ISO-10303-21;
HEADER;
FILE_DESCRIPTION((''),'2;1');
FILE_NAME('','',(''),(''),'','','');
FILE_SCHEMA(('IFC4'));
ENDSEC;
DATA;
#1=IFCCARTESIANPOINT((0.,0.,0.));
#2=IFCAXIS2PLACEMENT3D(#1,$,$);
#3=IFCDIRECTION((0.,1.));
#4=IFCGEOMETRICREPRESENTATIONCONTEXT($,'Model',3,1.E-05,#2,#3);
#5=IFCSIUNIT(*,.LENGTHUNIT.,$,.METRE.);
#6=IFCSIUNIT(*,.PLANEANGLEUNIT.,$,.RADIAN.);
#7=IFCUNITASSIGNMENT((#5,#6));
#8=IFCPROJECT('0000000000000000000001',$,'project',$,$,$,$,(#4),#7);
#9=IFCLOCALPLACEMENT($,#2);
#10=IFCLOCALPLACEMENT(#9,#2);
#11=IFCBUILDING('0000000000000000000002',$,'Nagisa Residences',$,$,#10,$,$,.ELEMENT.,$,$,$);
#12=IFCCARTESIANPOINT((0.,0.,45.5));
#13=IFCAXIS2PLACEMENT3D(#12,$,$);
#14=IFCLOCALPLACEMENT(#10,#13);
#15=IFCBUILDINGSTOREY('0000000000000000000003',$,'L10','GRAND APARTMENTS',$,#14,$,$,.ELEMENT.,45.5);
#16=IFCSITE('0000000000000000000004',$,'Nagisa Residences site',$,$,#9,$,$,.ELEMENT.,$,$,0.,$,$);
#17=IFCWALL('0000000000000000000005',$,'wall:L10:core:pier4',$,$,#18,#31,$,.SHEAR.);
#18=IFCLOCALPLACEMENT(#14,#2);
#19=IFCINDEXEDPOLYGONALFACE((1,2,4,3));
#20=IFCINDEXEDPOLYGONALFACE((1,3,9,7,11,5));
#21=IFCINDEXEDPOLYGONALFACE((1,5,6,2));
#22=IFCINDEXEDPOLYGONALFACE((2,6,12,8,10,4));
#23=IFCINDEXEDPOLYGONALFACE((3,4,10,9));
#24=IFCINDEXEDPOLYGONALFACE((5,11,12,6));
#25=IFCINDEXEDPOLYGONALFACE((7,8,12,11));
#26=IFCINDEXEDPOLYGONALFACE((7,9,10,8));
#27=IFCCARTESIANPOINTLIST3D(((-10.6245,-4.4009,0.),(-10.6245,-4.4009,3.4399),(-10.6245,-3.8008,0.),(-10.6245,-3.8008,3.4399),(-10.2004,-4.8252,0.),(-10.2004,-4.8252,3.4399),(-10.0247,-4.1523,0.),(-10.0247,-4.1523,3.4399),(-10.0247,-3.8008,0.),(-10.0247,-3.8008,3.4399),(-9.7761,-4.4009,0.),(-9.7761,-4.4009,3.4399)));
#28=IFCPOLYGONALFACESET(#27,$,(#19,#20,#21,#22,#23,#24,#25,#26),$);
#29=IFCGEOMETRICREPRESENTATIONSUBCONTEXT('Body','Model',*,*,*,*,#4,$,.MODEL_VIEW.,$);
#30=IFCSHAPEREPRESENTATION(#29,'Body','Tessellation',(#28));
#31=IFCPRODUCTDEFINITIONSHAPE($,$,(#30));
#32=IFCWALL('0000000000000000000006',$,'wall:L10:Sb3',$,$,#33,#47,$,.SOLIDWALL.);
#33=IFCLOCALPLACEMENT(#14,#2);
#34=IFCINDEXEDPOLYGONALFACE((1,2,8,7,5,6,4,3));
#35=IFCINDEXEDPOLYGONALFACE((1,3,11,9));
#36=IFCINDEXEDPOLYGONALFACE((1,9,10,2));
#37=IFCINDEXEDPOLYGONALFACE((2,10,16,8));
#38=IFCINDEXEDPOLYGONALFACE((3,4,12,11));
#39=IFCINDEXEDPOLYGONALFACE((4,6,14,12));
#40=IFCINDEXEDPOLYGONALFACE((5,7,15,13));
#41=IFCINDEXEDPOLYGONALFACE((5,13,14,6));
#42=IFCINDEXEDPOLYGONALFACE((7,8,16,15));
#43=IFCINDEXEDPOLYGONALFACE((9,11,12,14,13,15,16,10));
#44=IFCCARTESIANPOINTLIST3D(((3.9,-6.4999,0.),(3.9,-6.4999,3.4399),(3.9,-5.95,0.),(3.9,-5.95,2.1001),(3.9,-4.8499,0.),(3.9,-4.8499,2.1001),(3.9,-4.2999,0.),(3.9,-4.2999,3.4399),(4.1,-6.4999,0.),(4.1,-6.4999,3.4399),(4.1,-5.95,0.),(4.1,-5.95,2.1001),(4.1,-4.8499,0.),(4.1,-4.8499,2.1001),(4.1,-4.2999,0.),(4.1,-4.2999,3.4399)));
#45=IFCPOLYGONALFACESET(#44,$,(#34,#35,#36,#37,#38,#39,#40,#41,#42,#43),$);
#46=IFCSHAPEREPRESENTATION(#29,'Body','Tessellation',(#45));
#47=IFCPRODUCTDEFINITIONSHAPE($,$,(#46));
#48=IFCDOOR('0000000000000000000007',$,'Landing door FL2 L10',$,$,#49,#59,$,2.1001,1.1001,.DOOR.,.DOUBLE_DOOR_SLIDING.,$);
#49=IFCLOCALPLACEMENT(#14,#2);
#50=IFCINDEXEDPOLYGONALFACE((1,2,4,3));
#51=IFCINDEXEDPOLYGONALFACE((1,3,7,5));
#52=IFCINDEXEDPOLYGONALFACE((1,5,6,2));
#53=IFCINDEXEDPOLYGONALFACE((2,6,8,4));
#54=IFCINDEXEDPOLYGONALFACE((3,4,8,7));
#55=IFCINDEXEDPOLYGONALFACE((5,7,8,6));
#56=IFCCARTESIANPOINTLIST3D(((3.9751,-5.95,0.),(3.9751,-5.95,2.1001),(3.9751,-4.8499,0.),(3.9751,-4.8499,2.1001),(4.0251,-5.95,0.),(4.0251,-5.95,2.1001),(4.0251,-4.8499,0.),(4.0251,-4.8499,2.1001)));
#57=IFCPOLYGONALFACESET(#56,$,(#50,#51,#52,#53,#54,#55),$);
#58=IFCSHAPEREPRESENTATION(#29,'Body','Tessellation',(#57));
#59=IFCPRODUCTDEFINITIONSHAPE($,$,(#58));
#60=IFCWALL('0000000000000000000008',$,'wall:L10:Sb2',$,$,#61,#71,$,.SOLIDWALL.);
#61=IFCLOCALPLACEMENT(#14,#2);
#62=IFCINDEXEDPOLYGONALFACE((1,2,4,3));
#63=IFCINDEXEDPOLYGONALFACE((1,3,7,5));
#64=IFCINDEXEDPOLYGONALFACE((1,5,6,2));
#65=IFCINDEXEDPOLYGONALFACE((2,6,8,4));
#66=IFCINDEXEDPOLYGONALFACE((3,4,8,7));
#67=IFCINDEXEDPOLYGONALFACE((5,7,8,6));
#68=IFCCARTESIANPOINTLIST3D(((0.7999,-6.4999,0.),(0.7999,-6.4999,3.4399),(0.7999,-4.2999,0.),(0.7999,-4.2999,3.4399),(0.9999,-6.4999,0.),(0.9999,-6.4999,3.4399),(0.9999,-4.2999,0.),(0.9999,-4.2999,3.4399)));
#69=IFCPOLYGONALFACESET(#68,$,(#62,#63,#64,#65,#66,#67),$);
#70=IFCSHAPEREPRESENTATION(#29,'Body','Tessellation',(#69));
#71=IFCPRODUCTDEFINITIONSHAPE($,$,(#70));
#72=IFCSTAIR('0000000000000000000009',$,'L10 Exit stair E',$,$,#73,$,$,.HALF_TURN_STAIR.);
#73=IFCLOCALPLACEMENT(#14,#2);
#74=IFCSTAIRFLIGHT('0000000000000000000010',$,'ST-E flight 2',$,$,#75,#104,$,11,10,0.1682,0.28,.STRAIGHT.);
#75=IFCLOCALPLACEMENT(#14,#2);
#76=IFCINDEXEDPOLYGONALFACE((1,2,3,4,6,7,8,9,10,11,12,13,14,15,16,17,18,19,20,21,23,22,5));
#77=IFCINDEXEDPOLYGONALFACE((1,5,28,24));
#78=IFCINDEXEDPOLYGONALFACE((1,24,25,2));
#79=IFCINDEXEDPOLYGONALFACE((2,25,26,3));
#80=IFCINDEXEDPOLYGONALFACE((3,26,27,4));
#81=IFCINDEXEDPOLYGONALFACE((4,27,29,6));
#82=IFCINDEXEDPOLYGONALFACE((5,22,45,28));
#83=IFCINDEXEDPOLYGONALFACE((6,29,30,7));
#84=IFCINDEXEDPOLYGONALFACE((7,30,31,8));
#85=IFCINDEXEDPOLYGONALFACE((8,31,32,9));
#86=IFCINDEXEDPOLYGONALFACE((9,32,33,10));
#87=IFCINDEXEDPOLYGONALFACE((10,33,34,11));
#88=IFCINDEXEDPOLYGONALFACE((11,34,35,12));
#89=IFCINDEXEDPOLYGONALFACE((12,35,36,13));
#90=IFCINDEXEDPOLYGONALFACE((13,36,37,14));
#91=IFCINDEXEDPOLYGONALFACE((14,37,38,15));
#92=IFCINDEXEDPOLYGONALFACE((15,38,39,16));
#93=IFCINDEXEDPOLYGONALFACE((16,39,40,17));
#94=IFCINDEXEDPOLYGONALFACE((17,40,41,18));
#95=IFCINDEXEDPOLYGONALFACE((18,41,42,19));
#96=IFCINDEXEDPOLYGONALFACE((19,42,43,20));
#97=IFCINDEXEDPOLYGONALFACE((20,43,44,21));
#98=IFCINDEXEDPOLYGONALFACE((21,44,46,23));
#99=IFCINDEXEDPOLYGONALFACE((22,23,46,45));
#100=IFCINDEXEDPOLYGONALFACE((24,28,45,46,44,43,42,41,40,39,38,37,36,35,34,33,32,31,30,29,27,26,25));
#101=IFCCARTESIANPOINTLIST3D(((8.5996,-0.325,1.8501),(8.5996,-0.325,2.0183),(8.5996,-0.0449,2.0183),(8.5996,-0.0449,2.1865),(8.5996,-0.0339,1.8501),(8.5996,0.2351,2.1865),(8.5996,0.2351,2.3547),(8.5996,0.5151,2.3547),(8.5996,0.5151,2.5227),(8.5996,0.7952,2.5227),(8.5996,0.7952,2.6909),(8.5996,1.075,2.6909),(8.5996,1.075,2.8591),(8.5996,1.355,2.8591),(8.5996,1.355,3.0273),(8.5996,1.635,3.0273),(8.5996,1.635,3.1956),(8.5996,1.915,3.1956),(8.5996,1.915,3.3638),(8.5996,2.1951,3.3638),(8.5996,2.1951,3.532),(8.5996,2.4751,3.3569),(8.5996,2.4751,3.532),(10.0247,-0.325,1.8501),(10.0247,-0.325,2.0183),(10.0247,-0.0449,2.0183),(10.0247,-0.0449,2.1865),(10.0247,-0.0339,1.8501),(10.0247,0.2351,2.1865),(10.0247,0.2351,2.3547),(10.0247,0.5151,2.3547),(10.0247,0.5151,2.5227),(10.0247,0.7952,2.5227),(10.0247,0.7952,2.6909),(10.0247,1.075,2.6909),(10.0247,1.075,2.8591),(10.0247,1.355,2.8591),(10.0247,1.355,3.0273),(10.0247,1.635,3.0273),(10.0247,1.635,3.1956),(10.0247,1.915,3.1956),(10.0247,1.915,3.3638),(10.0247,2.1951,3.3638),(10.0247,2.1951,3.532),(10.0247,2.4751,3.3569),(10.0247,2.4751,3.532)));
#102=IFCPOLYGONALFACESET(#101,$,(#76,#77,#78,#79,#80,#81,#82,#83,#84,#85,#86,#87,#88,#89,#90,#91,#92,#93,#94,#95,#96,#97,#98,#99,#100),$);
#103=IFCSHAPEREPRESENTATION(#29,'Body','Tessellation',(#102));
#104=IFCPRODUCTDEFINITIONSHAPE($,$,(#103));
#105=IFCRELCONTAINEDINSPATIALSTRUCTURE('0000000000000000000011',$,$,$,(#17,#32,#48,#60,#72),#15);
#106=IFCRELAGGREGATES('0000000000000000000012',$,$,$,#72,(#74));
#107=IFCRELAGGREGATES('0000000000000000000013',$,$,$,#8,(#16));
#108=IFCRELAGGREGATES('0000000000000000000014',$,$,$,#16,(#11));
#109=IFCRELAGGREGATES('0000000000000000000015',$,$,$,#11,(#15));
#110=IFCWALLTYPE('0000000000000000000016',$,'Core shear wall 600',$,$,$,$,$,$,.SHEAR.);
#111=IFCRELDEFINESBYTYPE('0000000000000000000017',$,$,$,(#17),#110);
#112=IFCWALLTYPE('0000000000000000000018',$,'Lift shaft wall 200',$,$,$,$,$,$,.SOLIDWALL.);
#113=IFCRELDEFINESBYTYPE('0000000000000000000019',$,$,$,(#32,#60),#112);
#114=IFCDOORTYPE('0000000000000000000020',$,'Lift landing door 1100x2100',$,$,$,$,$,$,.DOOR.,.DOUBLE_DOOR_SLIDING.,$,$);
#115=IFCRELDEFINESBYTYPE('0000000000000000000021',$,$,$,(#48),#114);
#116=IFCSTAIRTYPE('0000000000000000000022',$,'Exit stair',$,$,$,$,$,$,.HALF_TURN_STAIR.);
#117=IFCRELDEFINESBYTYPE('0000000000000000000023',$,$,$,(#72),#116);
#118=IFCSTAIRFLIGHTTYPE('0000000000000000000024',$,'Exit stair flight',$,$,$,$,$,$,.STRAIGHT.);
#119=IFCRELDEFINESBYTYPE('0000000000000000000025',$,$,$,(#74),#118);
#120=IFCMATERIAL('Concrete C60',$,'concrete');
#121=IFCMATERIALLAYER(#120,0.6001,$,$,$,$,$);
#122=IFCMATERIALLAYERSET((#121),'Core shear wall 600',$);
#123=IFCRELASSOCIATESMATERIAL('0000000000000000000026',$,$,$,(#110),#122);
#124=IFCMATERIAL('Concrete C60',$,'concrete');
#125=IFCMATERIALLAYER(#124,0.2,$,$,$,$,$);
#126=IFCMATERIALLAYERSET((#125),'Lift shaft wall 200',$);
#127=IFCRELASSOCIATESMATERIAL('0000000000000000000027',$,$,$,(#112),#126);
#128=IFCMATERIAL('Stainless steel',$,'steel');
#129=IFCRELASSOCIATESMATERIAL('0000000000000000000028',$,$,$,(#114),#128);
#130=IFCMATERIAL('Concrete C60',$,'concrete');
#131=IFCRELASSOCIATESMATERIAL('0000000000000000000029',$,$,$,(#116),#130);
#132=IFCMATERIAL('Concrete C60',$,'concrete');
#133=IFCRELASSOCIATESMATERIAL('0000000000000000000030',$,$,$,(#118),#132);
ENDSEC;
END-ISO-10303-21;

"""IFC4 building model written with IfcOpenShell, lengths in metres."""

from ifc_helpers import new_model, si_unit, direction, frame, frame_2d, origin, place, context, subcontext, project, spatial, polyline, rectangle, outline, extrude, material, layer, layer_set, type_object, element, fill, aggregate, save


model = new_model("IFC4")

# Units and contexts
model_context = context("Model", 3, precision=1e-05, world=origin(), true_north=direction((0.0, 1.0)))
body_context = subcontext(model_context, "Body", "Model", "MODEL_VIEW")
ifc_project = project(units=[si_unit("LENGTHUNIT", "METRE"), si_unit("PLANEANGLEUNIT", "RADIAN")], contexts=[model_context])

# Site, building, storey
site_placement = place(None, origin())
site = spatial("IfcSite", under=ifc_project, at=site_placement, Name="Nagisa Residences site", CompositionType="ELEMENT", RefElevation=0.0)
building_placement = place(site_placement, origin())
building = spatial("IfcBuilding", under=site, at=building_placement, Name="Nagisa Residences", CompositionType="ELEMENT")
storey_placement = place(building_placement, frame((0.0, 0.0, 45.5)))
storey = spatial("IfcBuildingStorey", under=building, at=storey_placement, Name="L10", Description="GRAND APARTMENTS", CompositionType="ELEMENT", Elevation=45.5)

# Wall
ifc_material_1 = material(Name="Concrete C60", Category="concrete")
ifc_layer_1 = layer(ifc_material_1, 0.6001)
ifc_layer_set_1 = layer_set([ifc_layer_1], Name="Core shear wall 600")
wall_type_1 = type_object("IfcWallType", Name="Core shear wall 600", PredefinedType="SHEAR", material=ifc_layer_set_1)
wall_1_placement = place(storey_placement, origin())
element("IfcWall", 1, at=wall_1_placement, inside=storey, type_object=wall_type_1, Name="wall:L10:core:pier4", PredefinedType="SHEAR", context=body_context, shape_type="SweptSolid", body=[
    extrude(outline(polyline([(-10.6245, -3.8008), (-10.0247, -3.8008), (-10.0247, -4.1523), (-9.7761, -4.4009), (-10.2004, -4.8252), (-10.6245, -4.4009), (-10.6245, -3.8008)])), origin(), (0.0, 0.0, 1.0), 3.4399),
])

# Wall, opening, door
ifc_material_2 = material(Name="Concrete C60", Category="concrete")
ifc_layer_2 = layer(ifc_material_2, 0.2)
ifc_layer_set_2 = layer_set([ifc_layer_2], Name="Lift shaft wall 200")
wall_type_2 = type_object("IfcWallType", Name="Lift shaft wall 200", PredefinedType="SOLIDWALL", material=ifc_layer_set_2)
wall_2_placement = place(storey_placement, frame((4.0, -6.5, 0.0), z_axis=(0.0, 0.0, 1.0), x_axis=(0.0, 1.0, 0.0)))
wall_2 = element("IfcWall", 2, at=wall_2_placement, inside=storey, type_object=wall_type_2, Name="wall:L10:Sb3", PredefinedType="SOLIDWALL", context=body_context, shape_type="SweptSolid", body=[
    extrude(rectangle(XDim=2.2, YDim=0.2, at=frame_2d((1.1001, 0.0))), origin(), (0.0, 0.0, 1.0), 3.4399),
])
opening_placement = place(wall_2_placement, frame((0.55, 0.0, 0.0)))
opening = element("IfcOpeningElement", 3, at=opening_placement, cuts=wall_2, PredefinedType="OPENING", context=body_context, shape_type="SweptSolid", body=[
    extrude(rectangle(XDim=1.1001, YDim=2.1001, at=frame_2d((0.55, 1.05))), frame((0.0, 0.1099, 0.0), z_axis=(0.0, -1.0, 0.0), x_axis=(1.0, 0.0, 0.0)), (0.0, 0.0, 1.0), 0.22),
])
ifc_material_3 = material(Name="Stainless steel", Category="steel")
door_type = type_object("IfcDoorType", Name="Lift landing door 1100x2100", OperationType="DOUBLE_DOOR_SLIDING", PredefinedType="DOOR", material=ifc_material_3)
door_placement = place(opening_placement, origin())
door = element("IfcDoor", 4, at=door_placement, inside=storey, type_object=door_type, Name="Landing door FL2 L10", OperationType="DOUBLE_DOOR_SLIDING", OverallHeight=2.1001, OverallWidth=1.1001, PredefinedType="DOOR", context=body_context, shape_type="SweptSolid", body=[
    extrude(rectangle(XDim=1.1001, YDim=2.1001, at=frame_2d((0.55, 1.05))), frame((0.0, 0.0249, 0.0), z_axis=(0.0, -1.0, 0.0), x_axis=(1.0, 0.0, 0.0)), (0.0, 0.0, 1.0), 0.05),
])
fill(opening, door)

# Wall
wall_3_placement = place(storey_placement, frame((0.8999, -6.5, 0.0), z_axis=(0.0, 0.0, 1.0), x_axis=(0.0, 1.0, 0.0)))
element("IfcWall", 5, at=wall_3_placement, inside=storey, type_object=wall_type_2, Name="wall:L10:Sb2", PredefinedType="SOLIDWALL", context=body_context, shape_type="SweptSolid", body=[
    extrude(rectangle(XDim=2.2, YDim=0.2, at=frame_2d((1.1001, 0.0))), origin(), (0.0, 0.0, 1.0), 3.4399),
])

# Stair, stair flight
ifc_material_4 = material(Name="Concrete C60", Category="concrete")
stair_type = type_object("IfcStairType", Name="Exit stair", PredefinedType="HALF_TURN_STAIR", material=ifc_material_4)
stair_placement = place(storey_placement, origin())
stair = element("IfcStair", 6, at=stair_placement, inside=storey, type_object=stair_type, Name="L10 Exit stair E", PredefinedType="HALF_TURN_STAIR")
ifc_material_5 = material(Name="Concrete C60", Category="concrete")
stair_flight_type = type_object("IfcStairFlightType", Name="Exit stair flight", PredefinedType="STRAIGHT", material=ifc_material_5)
stair_flight_placement = place(storey_placement, frame((9.312, -0.325, 1.8501), z_axis=(0.0, 0.0, 1.0), x_axis=(0.0, 1.0, 0.0)))
stair_flight = element("IfcStairFlight", 7, at=stair_flight_placement, type_object=stair_flight_type, Name="ST-E flight 2", NumberOfRisers=11, NumberOfTreads=10, PredefinedType="STRAIGHT", RiserHeight=0.1682, TreadLength=0.28, context=body_context, shape_type="SweptSolid", body=[
    extrude(outline(polyline([(0.0, 0.0), (0.0, 0.1682), (0.28, 0.1682), (0.28, 0.3364), (0.5601, 0.3364), (0.5601, 0.5046), (0.8401, 0.5046), (0.8401, 0.6726), (1.1201, 0.6726), (1.1201, 0.8408), (1.3999, 0.8408), (1.3999, 1.009), (1.6799, 1.009), (1.6799, 1.1772), (1.96, 1.1772), (1.96, 1.3455), (2.24, 1.3455), (2.24, 1.5137), (2.52, 1.5137), (2.52, 1.6819), (2.8, 1.6819), (2.8, 1.8501), (2.8, 1.5068), (0.291, 0.0), (0.0, 0.0)])), frame((0.0, 0.7124, 0.0), z_axis=(0.0, -1.0, 0.0), x_axis=(1.0, 0.0, 0.0)), (0.0, 0.0, 1.0), 1.425),
])
aggregate(stair, [stair_flight])

save(model, "model.ifc")
